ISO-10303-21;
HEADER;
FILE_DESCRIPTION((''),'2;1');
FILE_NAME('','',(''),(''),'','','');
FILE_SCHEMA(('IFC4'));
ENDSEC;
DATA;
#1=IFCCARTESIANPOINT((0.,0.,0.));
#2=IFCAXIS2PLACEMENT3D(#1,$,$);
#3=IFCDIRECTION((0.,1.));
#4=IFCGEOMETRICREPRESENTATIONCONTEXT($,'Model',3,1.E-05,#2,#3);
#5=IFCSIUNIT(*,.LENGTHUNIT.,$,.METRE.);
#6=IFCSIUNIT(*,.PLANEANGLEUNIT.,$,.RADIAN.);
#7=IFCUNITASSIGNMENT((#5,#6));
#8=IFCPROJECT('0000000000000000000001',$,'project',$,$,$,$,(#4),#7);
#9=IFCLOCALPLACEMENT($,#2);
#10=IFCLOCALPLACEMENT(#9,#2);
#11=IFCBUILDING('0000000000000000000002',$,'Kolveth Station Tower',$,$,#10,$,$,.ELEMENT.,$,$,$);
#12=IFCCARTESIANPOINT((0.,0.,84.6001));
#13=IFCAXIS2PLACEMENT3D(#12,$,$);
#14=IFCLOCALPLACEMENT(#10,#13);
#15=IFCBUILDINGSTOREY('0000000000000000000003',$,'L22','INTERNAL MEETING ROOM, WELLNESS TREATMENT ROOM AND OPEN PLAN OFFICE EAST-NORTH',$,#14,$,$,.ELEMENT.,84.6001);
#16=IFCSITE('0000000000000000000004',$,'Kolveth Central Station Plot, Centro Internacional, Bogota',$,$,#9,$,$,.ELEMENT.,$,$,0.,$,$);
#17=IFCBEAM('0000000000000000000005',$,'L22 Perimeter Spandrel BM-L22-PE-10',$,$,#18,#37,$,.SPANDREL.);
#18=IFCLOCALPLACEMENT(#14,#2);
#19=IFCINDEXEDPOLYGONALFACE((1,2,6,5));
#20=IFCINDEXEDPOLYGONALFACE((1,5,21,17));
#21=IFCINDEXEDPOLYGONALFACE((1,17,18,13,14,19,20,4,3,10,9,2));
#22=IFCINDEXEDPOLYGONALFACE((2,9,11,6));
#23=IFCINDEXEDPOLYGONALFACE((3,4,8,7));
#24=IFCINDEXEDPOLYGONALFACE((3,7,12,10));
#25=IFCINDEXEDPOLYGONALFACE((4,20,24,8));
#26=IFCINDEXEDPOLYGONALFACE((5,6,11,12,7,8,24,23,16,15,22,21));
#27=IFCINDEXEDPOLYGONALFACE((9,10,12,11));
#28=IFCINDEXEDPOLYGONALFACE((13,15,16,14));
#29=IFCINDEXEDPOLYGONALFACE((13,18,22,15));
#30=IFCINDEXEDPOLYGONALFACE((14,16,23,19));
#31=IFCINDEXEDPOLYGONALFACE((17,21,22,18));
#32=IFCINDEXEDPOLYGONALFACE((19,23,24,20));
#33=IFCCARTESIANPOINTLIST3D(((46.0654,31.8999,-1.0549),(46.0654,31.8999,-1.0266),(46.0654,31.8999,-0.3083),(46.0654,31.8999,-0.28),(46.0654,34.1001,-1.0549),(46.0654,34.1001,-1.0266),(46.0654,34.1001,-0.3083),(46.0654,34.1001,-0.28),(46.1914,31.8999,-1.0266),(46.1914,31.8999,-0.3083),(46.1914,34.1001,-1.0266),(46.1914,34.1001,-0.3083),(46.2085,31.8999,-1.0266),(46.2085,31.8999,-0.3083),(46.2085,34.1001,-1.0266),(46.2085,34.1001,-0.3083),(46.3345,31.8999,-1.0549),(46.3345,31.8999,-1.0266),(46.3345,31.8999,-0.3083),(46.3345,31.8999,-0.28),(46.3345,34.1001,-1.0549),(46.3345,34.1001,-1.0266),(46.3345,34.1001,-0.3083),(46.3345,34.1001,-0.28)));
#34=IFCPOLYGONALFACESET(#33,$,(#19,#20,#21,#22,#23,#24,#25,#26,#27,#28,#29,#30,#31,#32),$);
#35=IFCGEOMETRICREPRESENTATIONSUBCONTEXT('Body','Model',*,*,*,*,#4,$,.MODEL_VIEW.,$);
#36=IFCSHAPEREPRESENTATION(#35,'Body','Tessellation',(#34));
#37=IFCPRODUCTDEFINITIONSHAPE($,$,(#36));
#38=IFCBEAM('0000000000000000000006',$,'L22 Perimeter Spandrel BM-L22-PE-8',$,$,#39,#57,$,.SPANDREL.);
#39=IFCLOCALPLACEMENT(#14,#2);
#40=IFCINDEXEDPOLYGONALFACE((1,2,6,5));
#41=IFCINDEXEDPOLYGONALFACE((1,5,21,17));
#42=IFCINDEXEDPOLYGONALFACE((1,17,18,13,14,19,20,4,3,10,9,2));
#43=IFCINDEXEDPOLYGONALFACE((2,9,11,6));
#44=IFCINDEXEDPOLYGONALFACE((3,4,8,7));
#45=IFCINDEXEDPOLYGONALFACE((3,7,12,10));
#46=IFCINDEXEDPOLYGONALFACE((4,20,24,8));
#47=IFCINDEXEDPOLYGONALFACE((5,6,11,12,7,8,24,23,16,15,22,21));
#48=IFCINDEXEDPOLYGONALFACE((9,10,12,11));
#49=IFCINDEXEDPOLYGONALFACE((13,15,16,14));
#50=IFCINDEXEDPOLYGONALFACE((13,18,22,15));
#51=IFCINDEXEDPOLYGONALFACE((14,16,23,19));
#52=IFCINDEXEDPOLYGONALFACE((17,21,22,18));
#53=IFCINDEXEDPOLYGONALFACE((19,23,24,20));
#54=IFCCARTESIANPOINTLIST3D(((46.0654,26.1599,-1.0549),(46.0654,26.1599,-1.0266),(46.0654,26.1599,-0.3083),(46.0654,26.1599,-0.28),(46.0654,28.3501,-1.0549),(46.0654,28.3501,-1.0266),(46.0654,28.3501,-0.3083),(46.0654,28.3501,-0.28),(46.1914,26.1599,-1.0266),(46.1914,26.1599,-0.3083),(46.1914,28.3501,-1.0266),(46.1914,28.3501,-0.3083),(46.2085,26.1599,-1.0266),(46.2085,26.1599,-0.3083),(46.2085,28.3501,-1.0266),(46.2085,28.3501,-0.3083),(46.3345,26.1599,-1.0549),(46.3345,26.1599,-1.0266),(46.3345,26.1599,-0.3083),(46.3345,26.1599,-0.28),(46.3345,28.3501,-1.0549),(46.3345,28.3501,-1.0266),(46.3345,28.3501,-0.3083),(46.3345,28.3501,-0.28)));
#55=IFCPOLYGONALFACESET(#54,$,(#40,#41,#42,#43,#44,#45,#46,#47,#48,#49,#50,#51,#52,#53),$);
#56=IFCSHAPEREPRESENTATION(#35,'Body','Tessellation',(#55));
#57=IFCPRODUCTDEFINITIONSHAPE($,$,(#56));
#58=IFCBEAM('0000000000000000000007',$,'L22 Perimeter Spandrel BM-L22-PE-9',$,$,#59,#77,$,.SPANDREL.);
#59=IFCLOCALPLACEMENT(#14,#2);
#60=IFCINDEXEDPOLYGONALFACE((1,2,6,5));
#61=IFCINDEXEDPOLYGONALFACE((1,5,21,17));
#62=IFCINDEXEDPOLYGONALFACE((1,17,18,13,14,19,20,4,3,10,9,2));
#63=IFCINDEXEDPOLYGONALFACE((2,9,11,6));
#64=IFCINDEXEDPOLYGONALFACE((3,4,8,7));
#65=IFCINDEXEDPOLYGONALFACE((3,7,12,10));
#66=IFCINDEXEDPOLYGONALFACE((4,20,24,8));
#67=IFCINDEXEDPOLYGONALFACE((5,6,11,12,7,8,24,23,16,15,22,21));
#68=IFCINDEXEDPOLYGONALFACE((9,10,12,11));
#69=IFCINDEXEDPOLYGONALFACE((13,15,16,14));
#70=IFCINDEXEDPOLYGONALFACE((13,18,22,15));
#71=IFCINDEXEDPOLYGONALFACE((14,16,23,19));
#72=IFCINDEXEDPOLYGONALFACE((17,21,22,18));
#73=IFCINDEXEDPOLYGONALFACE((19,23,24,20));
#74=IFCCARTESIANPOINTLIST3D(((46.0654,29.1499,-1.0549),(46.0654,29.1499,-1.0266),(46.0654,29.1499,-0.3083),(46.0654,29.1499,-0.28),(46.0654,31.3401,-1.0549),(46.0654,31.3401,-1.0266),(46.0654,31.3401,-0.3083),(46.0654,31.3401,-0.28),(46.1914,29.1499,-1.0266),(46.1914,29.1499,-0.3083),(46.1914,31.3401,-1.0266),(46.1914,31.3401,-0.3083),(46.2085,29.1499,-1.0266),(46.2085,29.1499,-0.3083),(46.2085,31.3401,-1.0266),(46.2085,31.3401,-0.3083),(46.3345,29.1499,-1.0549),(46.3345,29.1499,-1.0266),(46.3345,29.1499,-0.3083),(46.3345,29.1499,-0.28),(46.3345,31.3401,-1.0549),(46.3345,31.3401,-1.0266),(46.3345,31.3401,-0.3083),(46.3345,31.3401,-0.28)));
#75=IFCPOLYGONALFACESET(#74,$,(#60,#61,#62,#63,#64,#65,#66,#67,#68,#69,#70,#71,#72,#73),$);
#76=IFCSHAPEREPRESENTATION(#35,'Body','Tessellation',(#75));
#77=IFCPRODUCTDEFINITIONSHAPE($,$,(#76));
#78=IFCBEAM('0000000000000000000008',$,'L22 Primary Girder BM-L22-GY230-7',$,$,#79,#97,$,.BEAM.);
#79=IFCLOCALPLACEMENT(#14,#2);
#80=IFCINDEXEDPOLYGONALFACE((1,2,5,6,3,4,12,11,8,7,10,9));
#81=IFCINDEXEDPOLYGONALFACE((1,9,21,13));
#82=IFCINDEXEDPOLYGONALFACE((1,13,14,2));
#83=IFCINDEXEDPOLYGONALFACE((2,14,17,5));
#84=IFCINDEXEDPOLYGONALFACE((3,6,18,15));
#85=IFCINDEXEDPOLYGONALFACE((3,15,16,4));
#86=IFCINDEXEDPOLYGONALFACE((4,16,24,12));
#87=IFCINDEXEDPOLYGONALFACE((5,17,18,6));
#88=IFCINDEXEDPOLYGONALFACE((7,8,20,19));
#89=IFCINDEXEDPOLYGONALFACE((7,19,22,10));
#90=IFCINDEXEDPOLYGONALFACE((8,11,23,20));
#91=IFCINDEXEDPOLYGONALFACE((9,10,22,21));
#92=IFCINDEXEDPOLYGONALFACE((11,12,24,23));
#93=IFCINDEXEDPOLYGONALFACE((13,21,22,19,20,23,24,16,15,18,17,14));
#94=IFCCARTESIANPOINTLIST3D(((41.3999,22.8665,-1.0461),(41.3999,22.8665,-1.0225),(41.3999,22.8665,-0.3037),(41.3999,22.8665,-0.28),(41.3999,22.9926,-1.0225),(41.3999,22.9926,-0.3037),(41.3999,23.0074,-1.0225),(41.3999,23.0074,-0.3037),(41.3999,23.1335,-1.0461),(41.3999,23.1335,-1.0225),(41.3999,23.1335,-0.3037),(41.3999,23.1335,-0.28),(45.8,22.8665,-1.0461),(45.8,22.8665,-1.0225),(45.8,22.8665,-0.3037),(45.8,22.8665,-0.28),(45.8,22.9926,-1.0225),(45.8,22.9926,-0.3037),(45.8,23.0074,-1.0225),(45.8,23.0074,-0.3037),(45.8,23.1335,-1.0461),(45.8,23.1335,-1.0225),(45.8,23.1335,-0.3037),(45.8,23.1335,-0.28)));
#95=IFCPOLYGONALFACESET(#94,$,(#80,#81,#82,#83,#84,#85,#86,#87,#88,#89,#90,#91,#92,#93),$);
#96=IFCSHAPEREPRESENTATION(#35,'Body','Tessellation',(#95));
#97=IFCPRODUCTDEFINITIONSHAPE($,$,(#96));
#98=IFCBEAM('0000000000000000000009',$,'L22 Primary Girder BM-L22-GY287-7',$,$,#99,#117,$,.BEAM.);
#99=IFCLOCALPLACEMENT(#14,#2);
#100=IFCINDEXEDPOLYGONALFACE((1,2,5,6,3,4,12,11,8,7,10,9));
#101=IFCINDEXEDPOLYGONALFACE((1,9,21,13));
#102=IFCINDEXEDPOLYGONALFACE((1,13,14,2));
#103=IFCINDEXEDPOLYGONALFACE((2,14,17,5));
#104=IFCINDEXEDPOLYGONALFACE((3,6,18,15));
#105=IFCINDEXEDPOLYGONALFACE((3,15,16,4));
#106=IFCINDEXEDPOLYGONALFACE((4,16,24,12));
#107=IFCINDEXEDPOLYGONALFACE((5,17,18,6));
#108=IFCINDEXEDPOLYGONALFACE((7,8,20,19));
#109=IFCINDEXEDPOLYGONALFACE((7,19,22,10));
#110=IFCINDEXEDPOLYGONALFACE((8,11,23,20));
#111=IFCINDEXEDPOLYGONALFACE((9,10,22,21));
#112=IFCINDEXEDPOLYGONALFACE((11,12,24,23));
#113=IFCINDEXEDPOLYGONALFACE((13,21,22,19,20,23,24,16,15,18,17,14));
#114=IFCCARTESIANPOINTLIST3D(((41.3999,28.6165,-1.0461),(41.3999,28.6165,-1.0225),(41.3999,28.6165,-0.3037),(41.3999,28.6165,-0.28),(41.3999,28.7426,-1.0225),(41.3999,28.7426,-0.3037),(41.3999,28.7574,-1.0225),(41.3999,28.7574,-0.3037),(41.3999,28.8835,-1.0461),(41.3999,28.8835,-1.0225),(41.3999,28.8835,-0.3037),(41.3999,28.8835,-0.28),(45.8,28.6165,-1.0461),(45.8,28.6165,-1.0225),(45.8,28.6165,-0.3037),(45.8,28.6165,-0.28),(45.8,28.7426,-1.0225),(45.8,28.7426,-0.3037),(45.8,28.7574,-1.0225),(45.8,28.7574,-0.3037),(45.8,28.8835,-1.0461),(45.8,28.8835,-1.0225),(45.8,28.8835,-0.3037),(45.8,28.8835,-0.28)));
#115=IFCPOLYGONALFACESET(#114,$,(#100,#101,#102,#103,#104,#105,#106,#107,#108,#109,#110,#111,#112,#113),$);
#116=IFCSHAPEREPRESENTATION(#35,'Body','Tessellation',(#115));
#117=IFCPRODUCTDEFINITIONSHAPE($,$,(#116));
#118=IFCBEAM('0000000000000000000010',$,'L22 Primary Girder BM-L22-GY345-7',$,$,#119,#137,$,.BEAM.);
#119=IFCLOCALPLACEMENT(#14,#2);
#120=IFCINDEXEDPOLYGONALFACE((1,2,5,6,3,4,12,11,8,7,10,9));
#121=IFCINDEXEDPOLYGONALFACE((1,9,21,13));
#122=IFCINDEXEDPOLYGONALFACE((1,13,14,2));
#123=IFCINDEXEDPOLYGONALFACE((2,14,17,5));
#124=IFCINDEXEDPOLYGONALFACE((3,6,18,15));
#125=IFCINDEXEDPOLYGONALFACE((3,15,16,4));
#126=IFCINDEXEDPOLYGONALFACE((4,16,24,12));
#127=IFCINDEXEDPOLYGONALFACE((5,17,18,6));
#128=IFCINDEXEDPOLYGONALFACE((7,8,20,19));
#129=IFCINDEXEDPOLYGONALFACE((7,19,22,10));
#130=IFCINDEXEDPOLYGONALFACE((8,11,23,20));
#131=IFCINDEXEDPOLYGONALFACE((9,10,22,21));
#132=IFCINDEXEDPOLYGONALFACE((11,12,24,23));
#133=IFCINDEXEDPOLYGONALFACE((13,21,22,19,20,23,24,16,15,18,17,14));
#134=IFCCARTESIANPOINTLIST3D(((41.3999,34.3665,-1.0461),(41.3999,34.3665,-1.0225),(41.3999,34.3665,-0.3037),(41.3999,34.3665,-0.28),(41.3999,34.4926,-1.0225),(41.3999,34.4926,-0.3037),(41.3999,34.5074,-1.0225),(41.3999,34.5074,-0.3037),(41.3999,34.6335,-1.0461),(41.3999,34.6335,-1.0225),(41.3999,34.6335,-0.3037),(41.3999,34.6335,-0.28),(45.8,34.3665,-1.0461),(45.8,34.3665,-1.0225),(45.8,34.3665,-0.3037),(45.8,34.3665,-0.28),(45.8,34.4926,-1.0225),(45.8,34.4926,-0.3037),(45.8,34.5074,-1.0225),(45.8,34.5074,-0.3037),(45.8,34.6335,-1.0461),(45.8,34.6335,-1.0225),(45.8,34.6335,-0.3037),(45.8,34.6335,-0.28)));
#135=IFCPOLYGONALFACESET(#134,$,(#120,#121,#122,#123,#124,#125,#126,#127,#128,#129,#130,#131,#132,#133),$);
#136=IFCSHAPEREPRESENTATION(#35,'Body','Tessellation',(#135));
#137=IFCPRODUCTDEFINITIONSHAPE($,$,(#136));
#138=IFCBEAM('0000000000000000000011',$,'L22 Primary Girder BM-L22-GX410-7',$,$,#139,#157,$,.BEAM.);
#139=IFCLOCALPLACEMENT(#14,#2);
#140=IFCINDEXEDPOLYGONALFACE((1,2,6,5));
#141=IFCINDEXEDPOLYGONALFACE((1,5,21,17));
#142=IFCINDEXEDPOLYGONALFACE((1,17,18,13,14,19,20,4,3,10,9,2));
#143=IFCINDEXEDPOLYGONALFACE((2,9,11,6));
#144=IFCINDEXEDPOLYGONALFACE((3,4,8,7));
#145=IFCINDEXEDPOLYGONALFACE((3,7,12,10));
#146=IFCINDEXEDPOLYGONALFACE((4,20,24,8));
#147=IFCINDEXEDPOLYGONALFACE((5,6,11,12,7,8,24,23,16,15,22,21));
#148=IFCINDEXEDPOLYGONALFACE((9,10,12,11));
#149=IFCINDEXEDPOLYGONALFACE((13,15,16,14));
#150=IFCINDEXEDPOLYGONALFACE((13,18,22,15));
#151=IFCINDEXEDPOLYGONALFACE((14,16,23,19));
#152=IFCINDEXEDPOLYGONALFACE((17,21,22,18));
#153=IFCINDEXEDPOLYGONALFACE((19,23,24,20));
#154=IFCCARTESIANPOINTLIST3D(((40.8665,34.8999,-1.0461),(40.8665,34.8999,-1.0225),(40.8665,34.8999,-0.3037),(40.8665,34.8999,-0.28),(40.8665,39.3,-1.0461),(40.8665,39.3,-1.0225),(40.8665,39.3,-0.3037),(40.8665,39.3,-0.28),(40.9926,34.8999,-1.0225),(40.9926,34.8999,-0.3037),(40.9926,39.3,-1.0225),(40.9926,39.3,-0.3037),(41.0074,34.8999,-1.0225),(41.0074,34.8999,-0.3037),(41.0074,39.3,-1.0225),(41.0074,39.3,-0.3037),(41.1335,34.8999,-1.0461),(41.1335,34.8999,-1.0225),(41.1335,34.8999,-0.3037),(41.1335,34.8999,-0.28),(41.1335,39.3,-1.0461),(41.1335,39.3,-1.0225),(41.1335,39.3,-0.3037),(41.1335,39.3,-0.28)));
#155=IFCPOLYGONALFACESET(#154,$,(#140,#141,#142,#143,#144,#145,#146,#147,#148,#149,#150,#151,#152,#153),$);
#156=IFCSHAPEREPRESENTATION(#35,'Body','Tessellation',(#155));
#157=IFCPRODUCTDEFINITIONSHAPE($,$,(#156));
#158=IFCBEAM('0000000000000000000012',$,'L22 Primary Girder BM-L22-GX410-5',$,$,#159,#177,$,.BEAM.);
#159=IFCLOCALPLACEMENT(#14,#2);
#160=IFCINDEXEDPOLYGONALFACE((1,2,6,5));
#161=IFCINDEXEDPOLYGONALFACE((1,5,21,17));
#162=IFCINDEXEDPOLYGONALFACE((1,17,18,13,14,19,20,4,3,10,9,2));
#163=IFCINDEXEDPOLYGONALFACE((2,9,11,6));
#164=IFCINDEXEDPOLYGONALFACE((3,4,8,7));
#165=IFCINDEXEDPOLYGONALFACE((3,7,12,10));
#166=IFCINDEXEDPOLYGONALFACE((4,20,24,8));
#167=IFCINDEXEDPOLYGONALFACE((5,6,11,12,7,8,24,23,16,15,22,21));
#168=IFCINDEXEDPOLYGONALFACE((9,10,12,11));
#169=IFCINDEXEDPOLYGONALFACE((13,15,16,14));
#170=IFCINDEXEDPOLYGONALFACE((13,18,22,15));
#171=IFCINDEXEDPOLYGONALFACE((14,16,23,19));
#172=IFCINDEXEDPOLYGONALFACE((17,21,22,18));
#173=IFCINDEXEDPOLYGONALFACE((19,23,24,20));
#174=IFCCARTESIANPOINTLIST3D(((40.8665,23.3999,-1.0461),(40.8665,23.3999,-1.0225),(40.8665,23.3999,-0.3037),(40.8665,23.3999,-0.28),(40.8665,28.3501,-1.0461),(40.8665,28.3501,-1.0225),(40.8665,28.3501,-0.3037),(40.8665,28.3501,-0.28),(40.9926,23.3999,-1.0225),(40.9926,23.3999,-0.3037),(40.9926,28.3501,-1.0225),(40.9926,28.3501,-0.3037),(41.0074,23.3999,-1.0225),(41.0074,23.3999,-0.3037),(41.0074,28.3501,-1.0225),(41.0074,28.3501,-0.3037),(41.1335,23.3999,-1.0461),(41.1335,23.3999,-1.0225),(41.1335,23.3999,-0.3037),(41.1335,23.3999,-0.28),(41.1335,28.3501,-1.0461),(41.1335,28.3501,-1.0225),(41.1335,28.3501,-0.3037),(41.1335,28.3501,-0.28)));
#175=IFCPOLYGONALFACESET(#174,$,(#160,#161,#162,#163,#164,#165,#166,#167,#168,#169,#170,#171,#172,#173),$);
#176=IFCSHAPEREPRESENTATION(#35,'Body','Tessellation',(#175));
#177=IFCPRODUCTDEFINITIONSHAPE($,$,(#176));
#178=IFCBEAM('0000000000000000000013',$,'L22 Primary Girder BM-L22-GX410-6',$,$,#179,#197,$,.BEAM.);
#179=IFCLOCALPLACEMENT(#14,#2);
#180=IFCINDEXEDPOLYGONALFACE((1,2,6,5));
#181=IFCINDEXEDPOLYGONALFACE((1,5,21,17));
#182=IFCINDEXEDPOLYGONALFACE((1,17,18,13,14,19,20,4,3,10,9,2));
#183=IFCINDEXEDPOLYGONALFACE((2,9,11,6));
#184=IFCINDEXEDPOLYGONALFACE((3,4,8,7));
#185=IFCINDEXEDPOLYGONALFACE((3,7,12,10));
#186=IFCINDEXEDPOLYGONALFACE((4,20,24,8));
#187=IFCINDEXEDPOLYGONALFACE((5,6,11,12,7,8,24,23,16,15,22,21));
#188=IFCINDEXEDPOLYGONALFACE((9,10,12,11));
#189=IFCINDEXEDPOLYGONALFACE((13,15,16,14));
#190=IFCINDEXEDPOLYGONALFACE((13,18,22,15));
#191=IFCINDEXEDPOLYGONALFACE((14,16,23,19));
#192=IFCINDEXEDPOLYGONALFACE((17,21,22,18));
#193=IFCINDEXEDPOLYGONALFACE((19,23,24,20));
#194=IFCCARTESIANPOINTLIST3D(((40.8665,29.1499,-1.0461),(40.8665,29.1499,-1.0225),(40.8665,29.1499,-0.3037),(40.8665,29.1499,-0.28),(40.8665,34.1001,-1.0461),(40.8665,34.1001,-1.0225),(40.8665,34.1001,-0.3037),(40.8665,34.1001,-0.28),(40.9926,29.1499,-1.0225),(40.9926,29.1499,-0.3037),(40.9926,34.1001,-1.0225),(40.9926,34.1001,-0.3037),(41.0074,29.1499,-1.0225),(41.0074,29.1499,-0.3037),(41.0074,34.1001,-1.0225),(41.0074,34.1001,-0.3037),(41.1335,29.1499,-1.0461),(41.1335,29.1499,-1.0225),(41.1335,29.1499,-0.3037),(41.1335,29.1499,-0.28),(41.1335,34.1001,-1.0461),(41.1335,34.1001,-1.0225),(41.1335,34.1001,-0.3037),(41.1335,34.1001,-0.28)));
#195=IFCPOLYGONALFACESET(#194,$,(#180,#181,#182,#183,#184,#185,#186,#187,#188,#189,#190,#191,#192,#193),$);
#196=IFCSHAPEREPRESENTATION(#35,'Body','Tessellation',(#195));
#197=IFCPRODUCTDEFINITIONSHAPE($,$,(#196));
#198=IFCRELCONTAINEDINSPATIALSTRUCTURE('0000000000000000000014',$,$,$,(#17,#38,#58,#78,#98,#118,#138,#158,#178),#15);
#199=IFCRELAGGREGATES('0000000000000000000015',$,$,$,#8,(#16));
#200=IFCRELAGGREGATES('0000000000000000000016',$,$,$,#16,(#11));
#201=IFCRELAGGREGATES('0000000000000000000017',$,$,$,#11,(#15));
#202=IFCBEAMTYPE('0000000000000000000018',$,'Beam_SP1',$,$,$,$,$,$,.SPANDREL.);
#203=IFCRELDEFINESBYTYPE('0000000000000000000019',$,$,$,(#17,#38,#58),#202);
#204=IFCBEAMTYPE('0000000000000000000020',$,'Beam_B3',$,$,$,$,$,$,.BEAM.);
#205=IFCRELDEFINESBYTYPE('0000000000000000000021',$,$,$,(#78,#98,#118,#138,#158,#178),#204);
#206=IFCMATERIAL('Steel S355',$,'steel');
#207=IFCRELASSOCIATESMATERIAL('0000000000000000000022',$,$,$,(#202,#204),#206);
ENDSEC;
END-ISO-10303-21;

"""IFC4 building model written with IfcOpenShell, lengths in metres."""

from ifc_helpers import new_model, si_unit, direction, frame, origin, origin_2d, place, context, subcontext, project, spatial, i_section, extrude, source, transform, mapped, material, material_profile, profile_set, type_object, element, save


model = new_model("IFC4")

# Units and contexts
model_context = context("Model", 3, precision=1e-05, world=origin(), true_north=direction((0.0, 1.0)))
body_context = subcontext(model_context, "Body", "Model", "MODEL_VIEW")
ifc_project = project(units=[si_unit("LENGTHUNIT", "METRE"), si_unit("PLANEANGLEUNIT", "RADIAN")], contexts=[model_context])

# Site, building, storey
site_placement = place(None, origin())
site = spatial("IfcSite", under=ifc_project, at=site_placement, Name="Kolveth Central Station Plot, Centro Internacional, Bogota", CompositionType="ELEMENT", RefElevation=0.0)
building_placement = place(site_placement, origin())
building = spatial("IfcBuilding", under=site, at=building_placement, Name="Kolveth Station Tower", CompositionType="ELEMENT")
storey_placement = place(building_placement, frame((0.0, 0.0, 84.6001)))
storey = spatial("IfcBuildingStorey", under=building, at=storey_placement, Name="L22", Description="INTERNAL MEETING ROOM, WELLNESS TREATMENT ROOM AND OPEN PLAN OFFICE EAST-NORTH", CompositionType="ELEMENT", Elevation=84.6001)

# Shared definitions
ifc_material_1 = material(Name="Steel S355", Category="steel")

# Beams
ifc_material_profile_1 = material_profile(ifc_material_1, i_section(OverallWidth=0.269, OverallDepth=0.7749, WebThickness=0.0171, FlangeThickness=0.0283, at=origin_2d()), Name="W760x220")
ifc_profile_set_1 = profile_set([ifc_material_profile_1], Name="Steel S355")
beam_type_1 = type_object("IfcBeamType", Name="Beam_SP1", PredefinedType="SPANDREL", material=ifc_profile_set_1)
shared_shape_1 = source(origin(), body_context, "Body", "SweptSolid", [
    extrude(i_section(OverallWidth=0.269, OverallDepth=0.7749, WebThickness=0.0171, FlangeThickness=0.0283, at=origin_2d()), origin(), (0.0, 0.0, 1.0), 2.2002),
])
for number, where, z_axis, x_axis, name in (
    (1, (46.2, 31.8999, -0.6675), (0.0, 1.0, 0.0), (-1.0, 0.0, 0.0), "L22 Perimeter Spandrel BM-L22-PE-10"),
):
    element("IfcBeam", number, at=place(storey_placement, frame(where, z_axis=z_axis, x_axis=x_axis)), inside=storey, type_object=beam_type_1, Name=name, PredefinedType="SPANDREL", context=body_context, shape_type="MappedRepresentation", body=[
        mapped(shared_shape_1, transform((0.0, 0.0, 0.0), x_axis=(1.0, 0.0, 0.0), y_axis=(0.0, 1.0, 0.0), z_axis=(0.0, 0.0, 1.0), scale=1.0)),
    ])
shared_shape_2 = source(origin(), body_context, "Body", "SweptSolid", [
    extrude(i_section(OverallWidth=0.269, OverallDepth=0.7749, WebThickness=0.0171, FlangeThickness=0.0283, at=origin_2d()), origin(), (0.0, 0.0, 1.0), 2.1902),
])
for number, where, z_axis, x_axis, name in (
    (2, (46.2, 26.1599, -0.6675), (0.0, 1.0, 0.0), (-1.0, 0.0, 0.0), "L22 Perimeter Spandrel BM-L22-PE-8"),
    (3, (46.2, 29.1499, -0.6675), (0.0, 1.0, 0.0), (-1.0, 0.0, 0.0), "L22 Perimeter Spandrel BM-L22-PE-9"),
):
    element("IfcBeam", number, at=place(storey_placement, frame(where, z_axis=z_axis, x_axis=x_axis)), inside=storey, type_object=beam_type_1, Name=name, PredefinedType="SPANDREL", context=body_context, shape_type="MappedRepresentation", body=[
        mapped(shared_shape_2, transform((0.0, 0.0, 0.0), x_axis=(1.0, 0.0, 0.0), y_axis=(0.0, 1.0, 0.0), z_axis=(0.0, 0.0, 1.0), scale=1.0)),
    ])
ifc_material_profile_2 = material_profile(ifc_material_1, i_section(OverallWidth=0.2671, OverallDepth=0.7661, WebThickness=0.0149, FlangeThickness=0.0237, at=origin_2d()), Name="W760x185")
ifc_profile_set_2 = profile_set([ifc_material_profile_2], Name="Steel S355")
beam_type_2 = type_object("IfcBeamType", Name="Beam_B3", PredefinedType="BEAM", material=ifc_profile_set_2)
shared_shape_3 = source(origin(), body_context, "Body", "SweptSolid", [
    extrude(i_section(OverallWidth=0.2671, OverallDepth=0.7661, WebThickness=0.0149, FlangeThickness=0.0237, at=origin_2d()), origin(), (0.0, 0.0, 1.0), 4.4001),
])
for number, where, z_axis, x_axis, name in (
    (4, (41.3999, 23.0, -0.6631), (1.0, 0.0, 0.0), (0.0, 1.0, 0.0), "L22 Primary Girder BM-L22-GY230-7"),
    (5, (41.3999, 28.75, -0.6631), (1.0, 0.0, 0.0), (0.0, 1.0, 0.0), "L22 Primary Girder BM-L22-GY287-7"),
    (6, (41.3999, 34.5, -0.6631), (1.0, 0.0, 0.0), (0.0, 1.0, 0.0), "L22 Primary Girder BM-L22-GY345-7"),
    (7, (41.0, 34.8999, -0.6631), (0.0, 1.0, 0.0), (-1.0, 0.0, 0.0), "L22 Primary Girder BM-L22-GX410-7"),
):
    element("IfcBeam", number, at=place(storey_placement, frame(where, z_axis=z_axis, x_axis=x_axis)), inside=storey, type_object=beam_type_2, Name=name, PredefinedType="BEAM", context=body_context, shape_type="MappedRepresentation", body=[
        mapped(shared_shape_3, transform((0.0, 0.0, 0.0), x_axis=(1.0, 0.0, 0.0), y_axis=(0.0, 1.0, 0.0), z_axis=(0.0, 0.0, 1.0), scale=1.0)),
    ])
shared_shape_4 = source(origin(), body_context, "Body", "SweptSolid", [
    extrude(i_section(OverallWidth=0.2671, OverallDepth=0.7661, WebThickness=0.0149, FlangeThickness=0.0237, at=origin_2d()), origin(), (0.0, 0.0, 1.0), 4.9502),
])
for number, where, z_axis, x_axis, name in (
    (8, (41.0, 23.3999, -0.6631), (0.0, 1.0, 0.0), (-1.0, 0.0, 0.0), "L22 Primary Girder BM-L22-GX410-5"),
    (9, (41.0, 29.1499, -0.6631), (0.0, 1.0, 0.0), (-1.0, 0.0, 0.0), "L22 Primary Girder BM-L22-GX410-6"),
):
    element("IfcBeam", number, at=place(storey_placement, frame(where, z_axis=z_axis, x_axis=x_axis)), inside=storey, type_object=beam_type_2, Name=name, PredefinedType="BEAM", context=body_context, shape_type="MappedRepresentation", body=[
        mapped(shared_shape_4, transform((0.0, 0.0, 0.0), x_axis=(1.0, 0.0, 0.0), y_axis=(0.0, 1.0, 0.0), z_axis=(0.0, 0.0, 1.0), scale=1.0)),
    ])

save(model, "model.ifc")
